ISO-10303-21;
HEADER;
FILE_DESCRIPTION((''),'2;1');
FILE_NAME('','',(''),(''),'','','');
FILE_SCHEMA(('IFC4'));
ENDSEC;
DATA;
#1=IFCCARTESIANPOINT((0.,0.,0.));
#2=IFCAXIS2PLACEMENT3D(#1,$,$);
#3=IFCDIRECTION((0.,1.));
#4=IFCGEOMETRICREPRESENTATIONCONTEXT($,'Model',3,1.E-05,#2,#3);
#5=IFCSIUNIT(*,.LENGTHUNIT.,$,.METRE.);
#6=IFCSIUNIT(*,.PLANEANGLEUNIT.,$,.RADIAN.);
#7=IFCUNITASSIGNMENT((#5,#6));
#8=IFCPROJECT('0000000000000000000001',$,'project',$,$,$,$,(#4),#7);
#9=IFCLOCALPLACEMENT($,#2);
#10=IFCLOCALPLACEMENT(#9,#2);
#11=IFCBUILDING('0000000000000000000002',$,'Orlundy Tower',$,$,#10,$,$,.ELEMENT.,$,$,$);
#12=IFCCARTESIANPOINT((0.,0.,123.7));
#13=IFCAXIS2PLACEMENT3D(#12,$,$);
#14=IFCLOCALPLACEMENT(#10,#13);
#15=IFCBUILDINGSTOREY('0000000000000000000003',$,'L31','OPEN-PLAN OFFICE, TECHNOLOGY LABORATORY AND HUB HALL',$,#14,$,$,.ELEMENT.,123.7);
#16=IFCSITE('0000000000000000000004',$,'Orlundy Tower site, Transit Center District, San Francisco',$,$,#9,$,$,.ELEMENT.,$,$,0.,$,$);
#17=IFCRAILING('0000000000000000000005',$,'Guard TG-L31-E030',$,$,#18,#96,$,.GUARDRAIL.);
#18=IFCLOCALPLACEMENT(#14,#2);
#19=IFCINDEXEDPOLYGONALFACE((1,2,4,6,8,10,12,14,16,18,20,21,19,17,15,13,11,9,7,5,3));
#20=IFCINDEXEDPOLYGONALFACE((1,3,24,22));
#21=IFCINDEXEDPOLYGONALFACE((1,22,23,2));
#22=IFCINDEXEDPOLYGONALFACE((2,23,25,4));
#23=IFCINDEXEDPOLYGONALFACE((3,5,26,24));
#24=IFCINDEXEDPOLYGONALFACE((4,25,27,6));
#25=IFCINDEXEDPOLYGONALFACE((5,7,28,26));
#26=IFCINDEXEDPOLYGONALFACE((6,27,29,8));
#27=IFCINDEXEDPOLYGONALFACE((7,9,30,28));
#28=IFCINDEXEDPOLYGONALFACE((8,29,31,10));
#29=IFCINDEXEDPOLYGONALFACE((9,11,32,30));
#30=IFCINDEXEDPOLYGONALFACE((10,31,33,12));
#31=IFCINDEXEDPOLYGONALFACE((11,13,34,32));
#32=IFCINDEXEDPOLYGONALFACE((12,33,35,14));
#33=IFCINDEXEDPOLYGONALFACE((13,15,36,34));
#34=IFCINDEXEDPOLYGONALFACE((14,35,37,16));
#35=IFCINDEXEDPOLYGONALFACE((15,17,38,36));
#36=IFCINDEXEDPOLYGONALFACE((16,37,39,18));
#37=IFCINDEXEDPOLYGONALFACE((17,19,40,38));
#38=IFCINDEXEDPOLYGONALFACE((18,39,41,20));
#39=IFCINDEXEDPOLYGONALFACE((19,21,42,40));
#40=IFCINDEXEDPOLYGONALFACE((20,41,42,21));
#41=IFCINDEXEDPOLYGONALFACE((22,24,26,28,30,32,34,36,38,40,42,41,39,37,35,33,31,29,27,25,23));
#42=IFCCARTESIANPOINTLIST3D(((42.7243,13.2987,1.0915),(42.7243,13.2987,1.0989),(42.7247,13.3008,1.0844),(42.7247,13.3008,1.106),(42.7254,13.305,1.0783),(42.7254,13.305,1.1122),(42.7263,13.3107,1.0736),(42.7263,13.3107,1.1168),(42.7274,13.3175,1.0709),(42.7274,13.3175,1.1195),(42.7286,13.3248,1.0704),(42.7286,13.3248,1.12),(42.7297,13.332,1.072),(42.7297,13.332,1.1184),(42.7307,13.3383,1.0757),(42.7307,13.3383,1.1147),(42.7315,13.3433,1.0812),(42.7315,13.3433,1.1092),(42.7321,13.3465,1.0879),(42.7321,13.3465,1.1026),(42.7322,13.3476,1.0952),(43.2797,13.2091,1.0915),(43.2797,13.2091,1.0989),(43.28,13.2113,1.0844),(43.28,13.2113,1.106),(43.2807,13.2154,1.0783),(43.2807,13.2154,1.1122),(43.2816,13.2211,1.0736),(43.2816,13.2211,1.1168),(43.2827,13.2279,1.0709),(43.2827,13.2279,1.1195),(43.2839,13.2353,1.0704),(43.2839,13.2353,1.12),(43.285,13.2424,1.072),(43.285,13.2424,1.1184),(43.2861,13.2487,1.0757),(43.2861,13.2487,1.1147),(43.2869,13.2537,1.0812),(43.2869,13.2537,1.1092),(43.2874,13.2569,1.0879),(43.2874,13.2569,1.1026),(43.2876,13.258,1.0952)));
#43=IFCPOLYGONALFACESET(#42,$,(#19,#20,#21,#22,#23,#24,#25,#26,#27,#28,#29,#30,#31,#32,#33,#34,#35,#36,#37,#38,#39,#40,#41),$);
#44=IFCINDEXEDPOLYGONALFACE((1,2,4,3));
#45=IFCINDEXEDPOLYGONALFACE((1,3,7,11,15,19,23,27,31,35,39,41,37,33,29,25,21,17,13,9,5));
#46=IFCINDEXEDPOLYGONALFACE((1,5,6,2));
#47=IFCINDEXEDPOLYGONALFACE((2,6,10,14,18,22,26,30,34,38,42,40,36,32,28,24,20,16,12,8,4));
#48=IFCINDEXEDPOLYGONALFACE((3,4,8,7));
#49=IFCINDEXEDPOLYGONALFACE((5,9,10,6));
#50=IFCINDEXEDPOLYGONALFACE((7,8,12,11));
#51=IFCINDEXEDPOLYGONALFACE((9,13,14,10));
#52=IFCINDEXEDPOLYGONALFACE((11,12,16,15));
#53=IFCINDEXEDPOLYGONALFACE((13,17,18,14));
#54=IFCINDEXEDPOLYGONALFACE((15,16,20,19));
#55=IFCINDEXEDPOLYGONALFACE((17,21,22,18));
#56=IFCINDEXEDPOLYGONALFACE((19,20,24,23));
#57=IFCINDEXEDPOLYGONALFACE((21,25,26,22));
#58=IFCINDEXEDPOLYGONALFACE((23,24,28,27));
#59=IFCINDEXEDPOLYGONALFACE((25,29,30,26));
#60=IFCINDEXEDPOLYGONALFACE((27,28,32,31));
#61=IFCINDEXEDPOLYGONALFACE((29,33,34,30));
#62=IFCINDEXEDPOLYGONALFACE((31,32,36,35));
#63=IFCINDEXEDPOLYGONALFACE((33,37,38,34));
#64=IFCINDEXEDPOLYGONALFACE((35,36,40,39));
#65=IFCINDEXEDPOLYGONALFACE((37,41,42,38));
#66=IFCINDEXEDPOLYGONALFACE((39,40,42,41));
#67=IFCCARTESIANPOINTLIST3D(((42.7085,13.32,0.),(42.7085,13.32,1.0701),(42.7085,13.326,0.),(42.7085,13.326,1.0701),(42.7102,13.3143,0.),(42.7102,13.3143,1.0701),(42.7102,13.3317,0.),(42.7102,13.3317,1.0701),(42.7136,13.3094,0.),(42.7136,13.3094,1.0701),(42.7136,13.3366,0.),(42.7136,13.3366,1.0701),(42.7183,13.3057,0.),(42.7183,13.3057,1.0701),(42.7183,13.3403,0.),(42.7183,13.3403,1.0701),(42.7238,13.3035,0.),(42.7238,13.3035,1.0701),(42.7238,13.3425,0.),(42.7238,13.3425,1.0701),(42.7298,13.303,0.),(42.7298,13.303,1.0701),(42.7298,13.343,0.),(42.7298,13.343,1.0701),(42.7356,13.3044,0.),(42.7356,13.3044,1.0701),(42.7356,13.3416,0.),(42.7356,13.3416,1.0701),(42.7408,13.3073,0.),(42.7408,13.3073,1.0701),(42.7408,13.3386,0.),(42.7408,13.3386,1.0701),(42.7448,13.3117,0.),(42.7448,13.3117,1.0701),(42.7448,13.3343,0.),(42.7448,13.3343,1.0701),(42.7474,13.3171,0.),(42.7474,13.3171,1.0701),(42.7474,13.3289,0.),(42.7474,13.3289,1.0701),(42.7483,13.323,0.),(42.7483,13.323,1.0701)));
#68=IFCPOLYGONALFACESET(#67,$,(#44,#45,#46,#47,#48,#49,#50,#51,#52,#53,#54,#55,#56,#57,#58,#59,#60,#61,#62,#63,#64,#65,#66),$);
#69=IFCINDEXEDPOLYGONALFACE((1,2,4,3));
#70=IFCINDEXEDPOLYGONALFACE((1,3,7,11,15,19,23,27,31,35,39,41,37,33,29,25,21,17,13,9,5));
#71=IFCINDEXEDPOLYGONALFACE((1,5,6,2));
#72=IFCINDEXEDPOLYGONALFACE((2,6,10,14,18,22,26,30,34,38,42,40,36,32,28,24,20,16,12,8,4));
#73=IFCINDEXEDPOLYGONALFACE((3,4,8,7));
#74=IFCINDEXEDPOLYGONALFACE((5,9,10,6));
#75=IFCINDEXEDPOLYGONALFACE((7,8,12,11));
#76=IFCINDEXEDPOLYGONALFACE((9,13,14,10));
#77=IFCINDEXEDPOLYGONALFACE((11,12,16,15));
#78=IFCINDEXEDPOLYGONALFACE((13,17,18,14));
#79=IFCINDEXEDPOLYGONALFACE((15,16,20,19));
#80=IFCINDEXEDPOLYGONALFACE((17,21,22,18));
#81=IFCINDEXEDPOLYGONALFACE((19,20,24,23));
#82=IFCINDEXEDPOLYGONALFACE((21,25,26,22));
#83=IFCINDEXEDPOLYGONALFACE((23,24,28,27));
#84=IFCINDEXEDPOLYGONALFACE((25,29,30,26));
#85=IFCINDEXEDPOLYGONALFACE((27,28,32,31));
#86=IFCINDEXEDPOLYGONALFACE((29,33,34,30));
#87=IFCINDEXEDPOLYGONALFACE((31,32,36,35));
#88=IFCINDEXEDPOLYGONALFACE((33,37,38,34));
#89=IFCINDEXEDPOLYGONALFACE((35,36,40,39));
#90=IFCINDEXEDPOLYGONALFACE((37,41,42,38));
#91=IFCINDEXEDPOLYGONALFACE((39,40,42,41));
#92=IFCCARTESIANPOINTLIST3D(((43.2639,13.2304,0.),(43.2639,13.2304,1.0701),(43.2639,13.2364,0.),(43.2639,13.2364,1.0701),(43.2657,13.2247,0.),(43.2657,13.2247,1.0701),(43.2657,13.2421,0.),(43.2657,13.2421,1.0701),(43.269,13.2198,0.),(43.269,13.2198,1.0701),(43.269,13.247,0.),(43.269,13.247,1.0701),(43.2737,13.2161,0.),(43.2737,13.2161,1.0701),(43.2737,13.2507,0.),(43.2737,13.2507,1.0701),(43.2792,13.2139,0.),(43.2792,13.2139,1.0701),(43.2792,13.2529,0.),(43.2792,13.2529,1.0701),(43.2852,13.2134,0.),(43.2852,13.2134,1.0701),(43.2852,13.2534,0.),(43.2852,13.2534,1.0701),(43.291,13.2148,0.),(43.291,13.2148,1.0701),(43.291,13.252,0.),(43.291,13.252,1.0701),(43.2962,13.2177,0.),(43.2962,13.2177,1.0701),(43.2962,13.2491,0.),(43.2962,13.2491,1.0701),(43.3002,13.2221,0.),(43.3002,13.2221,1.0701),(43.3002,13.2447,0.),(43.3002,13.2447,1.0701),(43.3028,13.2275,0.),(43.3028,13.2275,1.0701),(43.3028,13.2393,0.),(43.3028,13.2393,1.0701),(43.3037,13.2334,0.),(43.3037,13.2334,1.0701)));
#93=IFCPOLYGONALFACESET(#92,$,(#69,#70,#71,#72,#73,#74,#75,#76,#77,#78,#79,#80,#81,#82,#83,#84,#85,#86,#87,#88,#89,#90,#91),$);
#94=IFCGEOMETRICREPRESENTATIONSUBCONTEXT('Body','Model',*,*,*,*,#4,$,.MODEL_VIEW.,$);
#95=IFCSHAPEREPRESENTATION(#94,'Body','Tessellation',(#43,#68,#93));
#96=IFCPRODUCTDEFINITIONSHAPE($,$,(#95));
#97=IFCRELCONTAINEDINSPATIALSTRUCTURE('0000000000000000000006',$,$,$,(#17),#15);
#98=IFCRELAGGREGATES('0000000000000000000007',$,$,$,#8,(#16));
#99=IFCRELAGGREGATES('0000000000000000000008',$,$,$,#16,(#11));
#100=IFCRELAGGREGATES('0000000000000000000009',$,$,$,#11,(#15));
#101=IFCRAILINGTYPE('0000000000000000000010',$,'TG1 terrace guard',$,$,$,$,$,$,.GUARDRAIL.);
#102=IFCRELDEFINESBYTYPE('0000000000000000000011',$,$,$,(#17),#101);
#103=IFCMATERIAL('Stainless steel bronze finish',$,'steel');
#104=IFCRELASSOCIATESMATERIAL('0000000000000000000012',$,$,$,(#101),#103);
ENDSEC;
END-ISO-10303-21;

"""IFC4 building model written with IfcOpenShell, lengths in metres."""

from ifc_helpers import new_model, si_unit, direction, frame, origin, origin_2d, place, context, subcontext, project, spatial, circle, extrude, material, type_object, element, save


model = new_model("IFC4")

# Units and contexts
model_context = context("Model", 3, precision=1e-05, world=origin(), true_north=direction((0.0, 1.0)))
body_context = subcontext(model_context, "Body", "Model", "MODEL_VIEW")
ifc_project = project(units=[si_unit("LENGTHUNIT", "METRE"), si_unit("PLANEANGLEUNIT", "RADIAN")], contexts=[model_context])

# Site, building, storey
site_placement = place(None, origin())
site = spatial("IfcSite", under=ifc_project, at=site_placement, Name="Orlundy Tower site, Transit Center District, San Francisco", CompositionType="ELEMENT", RefElevation=0.0)
building_placement = place(site_placement, origin())
building = spatial("IfcBuilding", under=site, at=building_placement, Name="Orlundy Tower", CompositionType="ELEMENT")
storey_placement = place(building_placement, frame((0.0, 0.0, 123.7)))
storey = spatial("IfcBuildingStorey", under=building, at=storey_placement, Name="L31", Description="OPEN-PLAN OFFICE, TECHNOLOGY LABORATORY AND HUB HALL", CompositionType="ELEMENT", Elevation=123.7)

# Railing
ifc_material_1 = material(Name="Stainless steel bronze finish", Category="steel")
railing_type = type_object("IfcRailingType", Name="TG1 terrace guard", PredefinedType="GUARDRAIL", material=ifc_material_1)
railing_1_placement = place(storey_placement, frame((42.7283, 13.323, 0.0)))
element("IfcRailing", 1, at=railing_1_placement, inside=storey, type_object=railing_type, Name="Guard TG-L31-E030", PredefinedType="GUARDRAIL", context=body_context, shape_type="SweptSolid", body=[
    extrude(circle(Radius=0.0249, at=origin_2d()), frame((0.0, 0.0, 1.0952), z_axis=(0.987237, -0.15926, 0.0), x_axis=(0.15926, 0.987237, 0.0)), (0.0, 0.0, 1.0), 0.5625),
    extrude(circle(Radius=0.02, at=origin_2d()), origin(), (0.0, 0.0, 1.0), 1.0701),
    extrude(circle(Radius=0.02, at=origin_2d()), frame((0.5554, -0.0896, 0.0)), (0.0, 0.0, 1.0), 1.0701),
])

save(model, "model.ifc")
